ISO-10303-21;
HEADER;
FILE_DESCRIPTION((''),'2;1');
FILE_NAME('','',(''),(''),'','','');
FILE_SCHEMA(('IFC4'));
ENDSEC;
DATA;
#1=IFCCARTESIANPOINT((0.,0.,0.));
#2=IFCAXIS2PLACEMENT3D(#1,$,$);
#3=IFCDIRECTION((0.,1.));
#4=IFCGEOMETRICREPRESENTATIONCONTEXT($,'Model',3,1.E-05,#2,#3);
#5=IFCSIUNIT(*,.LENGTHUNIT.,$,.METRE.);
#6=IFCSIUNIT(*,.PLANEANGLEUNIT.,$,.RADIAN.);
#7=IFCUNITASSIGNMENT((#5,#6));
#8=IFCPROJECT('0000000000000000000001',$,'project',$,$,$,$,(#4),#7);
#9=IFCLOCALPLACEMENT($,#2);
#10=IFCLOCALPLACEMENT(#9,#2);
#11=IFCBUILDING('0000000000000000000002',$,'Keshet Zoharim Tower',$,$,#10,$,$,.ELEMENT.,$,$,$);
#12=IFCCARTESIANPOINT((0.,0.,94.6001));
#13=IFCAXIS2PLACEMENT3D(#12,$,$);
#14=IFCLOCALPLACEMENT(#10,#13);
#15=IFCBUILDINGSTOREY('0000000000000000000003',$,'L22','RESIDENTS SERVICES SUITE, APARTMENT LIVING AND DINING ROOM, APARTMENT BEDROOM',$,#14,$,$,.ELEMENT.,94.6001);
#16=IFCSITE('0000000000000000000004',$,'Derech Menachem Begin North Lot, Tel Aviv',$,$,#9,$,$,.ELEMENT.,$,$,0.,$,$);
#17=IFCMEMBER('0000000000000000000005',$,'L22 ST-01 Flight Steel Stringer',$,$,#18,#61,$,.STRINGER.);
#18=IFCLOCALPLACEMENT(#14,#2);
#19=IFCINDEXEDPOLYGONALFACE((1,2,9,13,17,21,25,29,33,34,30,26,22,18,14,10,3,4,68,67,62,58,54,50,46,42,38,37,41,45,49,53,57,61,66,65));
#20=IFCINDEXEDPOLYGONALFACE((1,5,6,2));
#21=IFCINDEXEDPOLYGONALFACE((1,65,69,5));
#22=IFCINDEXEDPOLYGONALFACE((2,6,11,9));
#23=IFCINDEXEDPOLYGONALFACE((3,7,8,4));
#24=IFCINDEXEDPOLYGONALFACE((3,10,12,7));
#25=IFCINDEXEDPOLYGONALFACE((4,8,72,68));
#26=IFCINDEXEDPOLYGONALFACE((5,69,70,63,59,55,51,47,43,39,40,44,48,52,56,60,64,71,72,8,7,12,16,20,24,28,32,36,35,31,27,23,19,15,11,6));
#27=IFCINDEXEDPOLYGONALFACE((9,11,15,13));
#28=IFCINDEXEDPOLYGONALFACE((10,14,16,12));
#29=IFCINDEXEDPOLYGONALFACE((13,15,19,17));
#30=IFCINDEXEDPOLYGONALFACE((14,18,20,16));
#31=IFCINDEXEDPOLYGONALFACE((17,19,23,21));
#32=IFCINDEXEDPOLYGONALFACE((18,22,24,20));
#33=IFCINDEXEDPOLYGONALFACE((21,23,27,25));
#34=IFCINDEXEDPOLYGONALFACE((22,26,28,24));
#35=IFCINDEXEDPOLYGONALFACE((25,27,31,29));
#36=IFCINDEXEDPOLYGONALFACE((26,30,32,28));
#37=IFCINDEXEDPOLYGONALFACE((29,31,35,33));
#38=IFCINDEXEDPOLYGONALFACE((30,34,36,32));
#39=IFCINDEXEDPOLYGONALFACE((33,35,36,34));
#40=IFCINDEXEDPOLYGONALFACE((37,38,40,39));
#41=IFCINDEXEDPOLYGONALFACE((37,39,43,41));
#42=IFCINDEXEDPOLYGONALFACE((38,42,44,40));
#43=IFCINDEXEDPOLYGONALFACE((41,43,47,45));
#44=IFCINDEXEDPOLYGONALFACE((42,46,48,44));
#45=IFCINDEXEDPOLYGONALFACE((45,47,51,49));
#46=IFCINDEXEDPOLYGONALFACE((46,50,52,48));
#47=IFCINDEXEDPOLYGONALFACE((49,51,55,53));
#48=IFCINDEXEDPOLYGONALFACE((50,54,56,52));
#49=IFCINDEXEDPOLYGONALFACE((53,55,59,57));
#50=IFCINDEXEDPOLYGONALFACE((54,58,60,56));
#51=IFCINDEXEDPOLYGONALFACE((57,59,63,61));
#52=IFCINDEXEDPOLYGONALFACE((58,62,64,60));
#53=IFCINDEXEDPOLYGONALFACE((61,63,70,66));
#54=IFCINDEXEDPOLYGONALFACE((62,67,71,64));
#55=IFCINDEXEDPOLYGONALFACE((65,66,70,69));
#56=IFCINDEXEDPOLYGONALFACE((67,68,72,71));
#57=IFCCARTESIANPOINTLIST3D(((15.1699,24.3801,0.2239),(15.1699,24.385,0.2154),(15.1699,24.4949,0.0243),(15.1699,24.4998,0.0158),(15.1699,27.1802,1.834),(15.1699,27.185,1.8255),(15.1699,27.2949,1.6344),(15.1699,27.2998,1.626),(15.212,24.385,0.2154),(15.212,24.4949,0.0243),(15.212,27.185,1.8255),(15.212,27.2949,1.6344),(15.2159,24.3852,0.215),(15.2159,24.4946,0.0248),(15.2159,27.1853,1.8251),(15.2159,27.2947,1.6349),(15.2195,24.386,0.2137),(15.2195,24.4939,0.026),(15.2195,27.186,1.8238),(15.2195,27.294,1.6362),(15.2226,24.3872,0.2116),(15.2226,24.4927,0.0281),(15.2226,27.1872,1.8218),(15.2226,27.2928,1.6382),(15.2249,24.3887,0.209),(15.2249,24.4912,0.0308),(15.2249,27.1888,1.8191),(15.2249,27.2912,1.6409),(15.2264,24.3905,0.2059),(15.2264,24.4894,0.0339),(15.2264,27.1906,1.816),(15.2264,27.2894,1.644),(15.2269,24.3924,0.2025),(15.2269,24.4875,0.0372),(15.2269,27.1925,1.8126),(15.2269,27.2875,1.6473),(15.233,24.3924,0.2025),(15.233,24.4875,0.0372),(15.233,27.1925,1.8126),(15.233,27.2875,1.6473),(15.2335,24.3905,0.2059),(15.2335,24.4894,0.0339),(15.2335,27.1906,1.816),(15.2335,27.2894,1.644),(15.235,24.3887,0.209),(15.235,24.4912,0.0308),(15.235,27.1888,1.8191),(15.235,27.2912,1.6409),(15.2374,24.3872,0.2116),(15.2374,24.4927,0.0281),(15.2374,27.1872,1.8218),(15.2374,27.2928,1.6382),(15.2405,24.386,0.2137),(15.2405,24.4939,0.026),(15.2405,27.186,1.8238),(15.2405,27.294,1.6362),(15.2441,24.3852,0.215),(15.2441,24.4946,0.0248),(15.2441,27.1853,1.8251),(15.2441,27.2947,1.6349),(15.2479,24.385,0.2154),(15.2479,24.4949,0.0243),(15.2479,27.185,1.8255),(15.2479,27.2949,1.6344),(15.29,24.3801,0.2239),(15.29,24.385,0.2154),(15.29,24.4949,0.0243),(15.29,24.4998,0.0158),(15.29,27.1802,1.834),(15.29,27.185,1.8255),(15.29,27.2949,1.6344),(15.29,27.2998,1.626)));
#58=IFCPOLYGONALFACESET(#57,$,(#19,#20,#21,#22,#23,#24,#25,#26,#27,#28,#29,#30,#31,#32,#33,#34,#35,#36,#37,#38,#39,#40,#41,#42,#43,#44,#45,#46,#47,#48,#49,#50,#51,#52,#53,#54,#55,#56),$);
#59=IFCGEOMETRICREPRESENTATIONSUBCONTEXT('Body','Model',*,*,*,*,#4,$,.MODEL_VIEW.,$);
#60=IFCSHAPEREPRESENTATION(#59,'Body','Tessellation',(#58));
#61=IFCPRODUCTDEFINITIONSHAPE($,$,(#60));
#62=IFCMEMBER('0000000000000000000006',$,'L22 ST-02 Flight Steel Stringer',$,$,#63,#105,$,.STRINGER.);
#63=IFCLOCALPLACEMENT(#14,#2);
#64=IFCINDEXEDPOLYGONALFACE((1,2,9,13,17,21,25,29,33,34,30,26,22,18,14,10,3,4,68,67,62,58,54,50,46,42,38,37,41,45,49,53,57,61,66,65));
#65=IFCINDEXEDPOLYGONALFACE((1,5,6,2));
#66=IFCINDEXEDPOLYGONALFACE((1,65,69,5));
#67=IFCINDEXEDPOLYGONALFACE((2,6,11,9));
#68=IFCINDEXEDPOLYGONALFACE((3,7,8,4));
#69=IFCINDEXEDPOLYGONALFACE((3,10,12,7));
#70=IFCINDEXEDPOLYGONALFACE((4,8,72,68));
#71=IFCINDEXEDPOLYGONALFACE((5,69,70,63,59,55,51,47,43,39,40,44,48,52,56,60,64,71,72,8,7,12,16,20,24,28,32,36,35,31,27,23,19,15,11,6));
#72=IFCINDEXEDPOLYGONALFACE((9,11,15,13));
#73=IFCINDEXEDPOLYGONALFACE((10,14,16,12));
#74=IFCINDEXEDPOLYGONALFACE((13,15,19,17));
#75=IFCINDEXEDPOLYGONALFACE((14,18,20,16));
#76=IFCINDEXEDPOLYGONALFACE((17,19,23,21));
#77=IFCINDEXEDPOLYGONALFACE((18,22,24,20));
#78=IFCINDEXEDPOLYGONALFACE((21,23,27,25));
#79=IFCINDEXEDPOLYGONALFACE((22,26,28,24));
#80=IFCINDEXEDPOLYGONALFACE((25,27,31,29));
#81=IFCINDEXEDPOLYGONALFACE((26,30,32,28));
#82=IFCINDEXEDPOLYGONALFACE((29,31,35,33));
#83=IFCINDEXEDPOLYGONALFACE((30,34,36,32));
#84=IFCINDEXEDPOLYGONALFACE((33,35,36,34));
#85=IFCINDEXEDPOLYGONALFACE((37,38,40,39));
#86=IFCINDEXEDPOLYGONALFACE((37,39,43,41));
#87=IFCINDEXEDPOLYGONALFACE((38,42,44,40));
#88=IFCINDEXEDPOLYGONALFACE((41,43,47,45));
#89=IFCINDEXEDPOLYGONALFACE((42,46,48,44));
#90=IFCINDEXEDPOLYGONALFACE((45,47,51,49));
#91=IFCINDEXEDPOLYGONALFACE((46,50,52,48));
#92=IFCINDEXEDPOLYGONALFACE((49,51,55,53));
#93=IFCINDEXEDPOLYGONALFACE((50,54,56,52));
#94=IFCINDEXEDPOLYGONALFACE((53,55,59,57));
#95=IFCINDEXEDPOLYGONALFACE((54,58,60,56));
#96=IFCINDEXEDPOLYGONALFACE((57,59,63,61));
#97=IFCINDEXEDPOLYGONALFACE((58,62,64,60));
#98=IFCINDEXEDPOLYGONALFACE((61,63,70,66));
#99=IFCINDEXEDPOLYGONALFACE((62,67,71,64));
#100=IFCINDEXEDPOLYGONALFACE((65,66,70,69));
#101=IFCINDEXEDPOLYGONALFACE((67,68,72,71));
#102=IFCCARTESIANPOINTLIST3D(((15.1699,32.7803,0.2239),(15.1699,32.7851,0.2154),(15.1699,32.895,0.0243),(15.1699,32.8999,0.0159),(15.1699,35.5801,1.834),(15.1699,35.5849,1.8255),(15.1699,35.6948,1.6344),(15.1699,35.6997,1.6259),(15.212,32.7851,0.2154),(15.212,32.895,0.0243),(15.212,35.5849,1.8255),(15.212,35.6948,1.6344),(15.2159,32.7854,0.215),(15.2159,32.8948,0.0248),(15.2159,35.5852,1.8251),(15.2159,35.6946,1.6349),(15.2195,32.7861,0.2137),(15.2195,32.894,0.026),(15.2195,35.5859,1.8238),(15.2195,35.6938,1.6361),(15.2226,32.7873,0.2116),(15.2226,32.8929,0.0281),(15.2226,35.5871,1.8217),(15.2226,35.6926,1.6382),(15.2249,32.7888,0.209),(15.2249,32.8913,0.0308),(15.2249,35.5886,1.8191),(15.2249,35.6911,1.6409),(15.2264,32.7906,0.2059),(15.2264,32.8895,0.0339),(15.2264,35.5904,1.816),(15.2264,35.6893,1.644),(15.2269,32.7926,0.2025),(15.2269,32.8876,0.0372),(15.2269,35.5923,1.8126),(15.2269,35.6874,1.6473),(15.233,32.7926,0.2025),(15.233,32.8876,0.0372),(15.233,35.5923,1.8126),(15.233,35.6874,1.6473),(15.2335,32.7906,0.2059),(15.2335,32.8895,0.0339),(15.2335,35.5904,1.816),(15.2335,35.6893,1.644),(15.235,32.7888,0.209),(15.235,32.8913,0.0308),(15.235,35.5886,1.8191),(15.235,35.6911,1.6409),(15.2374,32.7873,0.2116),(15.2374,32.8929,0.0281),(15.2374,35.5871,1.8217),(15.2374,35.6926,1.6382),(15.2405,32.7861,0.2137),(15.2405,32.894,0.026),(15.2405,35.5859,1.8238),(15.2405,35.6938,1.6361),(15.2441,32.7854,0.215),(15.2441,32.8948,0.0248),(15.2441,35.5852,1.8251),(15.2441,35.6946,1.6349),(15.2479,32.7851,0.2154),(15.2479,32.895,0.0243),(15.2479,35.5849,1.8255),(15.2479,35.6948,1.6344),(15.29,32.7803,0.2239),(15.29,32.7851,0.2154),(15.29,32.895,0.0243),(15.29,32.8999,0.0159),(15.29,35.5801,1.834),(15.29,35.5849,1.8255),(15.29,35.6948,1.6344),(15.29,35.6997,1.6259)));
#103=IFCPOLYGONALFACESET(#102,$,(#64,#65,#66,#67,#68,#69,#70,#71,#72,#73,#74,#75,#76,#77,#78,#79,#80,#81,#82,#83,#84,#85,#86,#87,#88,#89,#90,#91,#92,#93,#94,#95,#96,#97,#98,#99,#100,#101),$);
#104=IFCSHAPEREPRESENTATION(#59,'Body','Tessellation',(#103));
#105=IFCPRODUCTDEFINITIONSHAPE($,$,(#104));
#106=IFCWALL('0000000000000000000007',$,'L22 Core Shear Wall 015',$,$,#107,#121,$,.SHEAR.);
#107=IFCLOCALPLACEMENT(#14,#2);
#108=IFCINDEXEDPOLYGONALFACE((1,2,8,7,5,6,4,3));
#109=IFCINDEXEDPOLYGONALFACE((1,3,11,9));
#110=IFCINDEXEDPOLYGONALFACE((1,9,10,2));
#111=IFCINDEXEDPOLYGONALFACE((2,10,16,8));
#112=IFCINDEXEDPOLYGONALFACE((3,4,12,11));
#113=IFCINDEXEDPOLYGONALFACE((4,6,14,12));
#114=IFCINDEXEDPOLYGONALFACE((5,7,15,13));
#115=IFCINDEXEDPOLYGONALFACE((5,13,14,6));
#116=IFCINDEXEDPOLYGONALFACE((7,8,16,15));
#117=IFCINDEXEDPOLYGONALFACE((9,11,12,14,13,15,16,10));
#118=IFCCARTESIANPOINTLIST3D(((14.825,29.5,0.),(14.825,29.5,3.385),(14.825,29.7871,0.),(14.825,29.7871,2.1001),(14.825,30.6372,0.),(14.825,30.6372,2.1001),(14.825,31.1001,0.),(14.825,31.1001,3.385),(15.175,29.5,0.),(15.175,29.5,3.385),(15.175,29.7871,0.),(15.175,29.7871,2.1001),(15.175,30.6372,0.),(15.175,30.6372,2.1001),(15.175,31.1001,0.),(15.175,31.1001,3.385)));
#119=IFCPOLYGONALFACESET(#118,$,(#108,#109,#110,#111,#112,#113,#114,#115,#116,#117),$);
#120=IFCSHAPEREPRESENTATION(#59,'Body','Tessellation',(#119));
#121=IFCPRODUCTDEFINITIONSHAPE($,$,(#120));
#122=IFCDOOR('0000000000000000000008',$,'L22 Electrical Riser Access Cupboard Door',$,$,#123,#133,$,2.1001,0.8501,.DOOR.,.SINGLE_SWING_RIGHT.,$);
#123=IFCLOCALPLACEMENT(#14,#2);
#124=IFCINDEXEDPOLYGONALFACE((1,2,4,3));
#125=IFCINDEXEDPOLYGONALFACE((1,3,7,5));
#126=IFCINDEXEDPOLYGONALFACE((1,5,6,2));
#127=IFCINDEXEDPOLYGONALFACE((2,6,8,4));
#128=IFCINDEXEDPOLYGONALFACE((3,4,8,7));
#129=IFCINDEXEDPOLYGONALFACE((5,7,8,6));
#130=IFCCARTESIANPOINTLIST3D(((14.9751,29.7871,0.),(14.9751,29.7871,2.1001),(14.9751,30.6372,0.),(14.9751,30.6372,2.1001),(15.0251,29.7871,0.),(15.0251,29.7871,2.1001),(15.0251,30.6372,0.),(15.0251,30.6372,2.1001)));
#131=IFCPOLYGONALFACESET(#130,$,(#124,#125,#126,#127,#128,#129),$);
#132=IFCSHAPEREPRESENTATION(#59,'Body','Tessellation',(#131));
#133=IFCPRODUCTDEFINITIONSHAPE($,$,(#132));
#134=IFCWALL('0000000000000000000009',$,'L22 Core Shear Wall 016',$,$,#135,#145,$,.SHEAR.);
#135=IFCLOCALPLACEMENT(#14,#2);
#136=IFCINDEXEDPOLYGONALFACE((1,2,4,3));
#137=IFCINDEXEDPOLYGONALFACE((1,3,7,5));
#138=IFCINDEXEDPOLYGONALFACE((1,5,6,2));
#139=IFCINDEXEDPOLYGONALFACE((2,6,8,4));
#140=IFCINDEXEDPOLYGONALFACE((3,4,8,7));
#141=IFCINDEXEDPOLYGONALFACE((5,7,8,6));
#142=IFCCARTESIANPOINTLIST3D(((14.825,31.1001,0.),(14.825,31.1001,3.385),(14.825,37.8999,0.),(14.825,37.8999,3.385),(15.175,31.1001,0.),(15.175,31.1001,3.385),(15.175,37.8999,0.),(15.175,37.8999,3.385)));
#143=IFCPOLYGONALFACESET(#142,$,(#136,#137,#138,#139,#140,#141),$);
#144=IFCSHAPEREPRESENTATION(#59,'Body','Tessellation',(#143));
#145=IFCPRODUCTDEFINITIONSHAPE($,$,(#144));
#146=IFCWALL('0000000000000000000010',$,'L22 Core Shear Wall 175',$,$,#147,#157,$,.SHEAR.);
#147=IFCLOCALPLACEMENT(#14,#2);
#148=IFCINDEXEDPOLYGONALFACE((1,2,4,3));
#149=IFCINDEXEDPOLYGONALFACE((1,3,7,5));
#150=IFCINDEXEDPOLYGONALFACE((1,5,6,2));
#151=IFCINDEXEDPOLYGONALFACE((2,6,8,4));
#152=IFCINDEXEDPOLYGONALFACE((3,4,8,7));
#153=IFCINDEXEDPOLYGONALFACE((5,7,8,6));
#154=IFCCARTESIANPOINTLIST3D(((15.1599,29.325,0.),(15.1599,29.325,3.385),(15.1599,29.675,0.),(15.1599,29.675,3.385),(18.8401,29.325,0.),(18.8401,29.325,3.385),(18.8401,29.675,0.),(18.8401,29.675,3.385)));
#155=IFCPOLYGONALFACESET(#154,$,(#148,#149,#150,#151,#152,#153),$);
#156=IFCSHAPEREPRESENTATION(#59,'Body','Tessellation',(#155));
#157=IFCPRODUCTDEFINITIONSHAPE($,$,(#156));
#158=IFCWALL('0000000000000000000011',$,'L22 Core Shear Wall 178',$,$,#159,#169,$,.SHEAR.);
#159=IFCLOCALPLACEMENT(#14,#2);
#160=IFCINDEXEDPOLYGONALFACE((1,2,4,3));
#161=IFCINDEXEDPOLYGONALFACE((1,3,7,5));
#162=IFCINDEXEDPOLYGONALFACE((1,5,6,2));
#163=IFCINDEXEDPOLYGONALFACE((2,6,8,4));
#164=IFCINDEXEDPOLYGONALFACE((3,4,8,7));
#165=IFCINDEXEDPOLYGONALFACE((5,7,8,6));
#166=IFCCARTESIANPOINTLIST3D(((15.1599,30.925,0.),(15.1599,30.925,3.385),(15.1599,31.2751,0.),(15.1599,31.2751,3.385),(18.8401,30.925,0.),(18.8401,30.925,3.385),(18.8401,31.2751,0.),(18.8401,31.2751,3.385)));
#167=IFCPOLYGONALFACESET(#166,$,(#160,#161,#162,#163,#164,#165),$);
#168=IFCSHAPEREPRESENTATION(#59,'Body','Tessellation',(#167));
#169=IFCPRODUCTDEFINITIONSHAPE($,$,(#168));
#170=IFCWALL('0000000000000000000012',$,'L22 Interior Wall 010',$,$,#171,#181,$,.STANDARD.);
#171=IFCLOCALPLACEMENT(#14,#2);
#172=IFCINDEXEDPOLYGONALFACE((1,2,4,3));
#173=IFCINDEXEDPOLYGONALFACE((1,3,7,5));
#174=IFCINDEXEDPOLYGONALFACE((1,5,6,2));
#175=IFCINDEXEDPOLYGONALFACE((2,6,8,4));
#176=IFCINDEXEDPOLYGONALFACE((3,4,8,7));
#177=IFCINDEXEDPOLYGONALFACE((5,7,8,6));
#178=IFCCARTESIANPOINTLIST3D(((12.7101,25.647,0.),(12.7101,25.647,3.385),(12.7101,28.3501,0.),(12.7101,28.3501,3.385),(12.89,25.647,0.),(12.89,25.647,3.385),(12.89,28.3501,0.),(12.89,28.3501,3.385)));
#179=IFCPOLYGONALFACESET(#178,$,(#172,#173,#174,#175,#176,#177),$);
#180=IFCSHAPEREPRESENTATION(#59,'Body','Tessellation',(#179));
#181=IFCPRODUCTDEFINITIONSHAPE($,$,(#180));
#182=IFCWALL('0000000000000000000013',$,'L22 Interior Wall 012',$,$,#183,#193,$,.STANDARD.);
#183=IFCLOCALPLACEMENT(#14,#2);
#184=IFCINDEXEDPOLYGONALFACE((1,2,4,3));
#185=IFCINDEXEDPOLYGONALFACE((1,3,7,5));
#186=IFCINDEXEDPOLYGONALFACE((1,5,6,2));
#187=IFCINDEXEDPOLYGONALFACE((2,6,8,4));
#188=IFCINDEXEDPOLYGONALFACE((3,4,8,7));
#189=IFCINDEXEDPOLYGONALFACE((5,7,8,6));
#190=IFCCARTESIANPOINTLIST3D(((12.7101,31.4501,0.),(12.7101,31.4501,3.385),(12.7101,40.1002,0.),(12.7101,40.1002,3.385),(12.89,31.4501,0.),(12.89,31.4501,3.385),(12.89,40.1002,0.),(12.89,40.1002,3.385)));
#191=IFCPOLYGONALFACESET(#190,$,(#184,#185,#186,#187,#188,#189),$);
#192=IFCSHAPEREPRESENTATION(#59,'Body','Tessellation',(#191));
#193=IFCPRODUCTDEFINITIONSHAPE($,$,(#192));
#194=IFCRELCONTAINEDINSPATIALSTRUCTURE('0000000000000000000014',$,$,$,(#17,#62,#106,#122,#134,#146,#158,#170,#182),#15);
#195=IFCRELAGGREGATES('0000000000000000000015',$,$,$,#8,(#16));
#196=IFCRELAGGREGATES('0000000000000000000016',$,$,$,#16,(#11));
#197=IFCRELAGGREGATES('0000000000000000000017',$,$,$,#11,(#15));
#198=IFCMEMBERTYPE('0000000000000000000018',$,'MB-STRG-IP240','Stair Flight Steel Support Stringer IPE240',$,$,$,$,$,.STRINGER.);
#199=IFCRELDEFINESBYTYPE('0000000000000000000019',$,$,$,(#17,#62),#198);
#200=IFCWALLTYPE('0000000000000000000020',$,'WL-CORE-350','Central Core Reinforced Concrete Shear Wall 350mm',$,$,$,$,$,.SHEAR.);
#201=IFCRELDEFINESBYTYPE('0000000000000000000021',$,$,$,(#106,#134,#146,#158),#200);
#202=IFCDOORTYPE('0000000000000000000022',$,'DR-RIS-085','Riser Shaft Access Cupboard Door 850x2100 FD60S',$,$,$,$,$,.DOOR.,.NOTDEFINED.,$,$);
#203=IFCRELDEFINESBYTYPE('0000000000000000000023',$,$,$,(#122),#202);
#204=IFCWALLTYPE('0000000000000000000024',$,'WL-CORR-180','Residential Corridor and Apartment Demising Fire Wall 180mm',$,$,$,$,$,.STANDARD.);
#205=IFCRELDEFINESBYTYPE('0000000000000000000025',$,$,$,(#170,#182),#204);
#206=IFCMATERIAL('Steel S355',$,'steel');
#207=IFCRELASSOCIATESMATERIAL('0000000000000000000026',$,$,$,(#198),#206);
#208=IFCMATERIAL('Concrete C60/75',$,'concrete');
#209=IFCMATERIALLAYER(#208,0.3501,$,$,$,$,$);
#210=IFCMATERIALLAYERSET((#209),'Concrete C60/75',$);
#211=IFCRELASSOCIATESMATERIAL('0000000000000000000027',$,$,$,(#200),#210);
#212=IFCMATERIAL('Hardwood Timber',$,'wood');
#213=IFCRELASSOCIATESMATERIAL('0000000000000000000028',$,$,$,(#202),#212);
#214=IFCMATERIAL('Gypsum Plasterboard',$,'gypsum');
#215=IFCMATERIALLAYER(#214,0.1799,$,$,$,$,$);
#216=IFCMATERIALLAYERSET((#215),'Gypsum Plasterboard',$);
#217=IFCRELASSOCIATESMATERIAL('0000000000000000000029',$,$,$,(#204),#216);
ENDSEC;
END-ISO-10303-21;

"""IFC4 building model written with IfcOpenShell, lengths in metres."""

from ifc_helpers import new_model, si_unit, direction, frame, frame_2d, origin, origin_2d, place, context, subcontext, project, spatial, rectangle, i_section, extrude, material, layer, layer_set, material_profile, profile_set, type_object, element, fill, save


model = new_model("IFC4")

# Units and contexts
model_context = context("Model", 3, precision=1e-05, world=origin(), true_north=direction((0.0, 1.0)))
body_context = subcontext(model_context, "Body", "Model", "MODEL_VIEW")
ifc_project = project(units=[si_unit("LENGTHUNIT", "METRE"), si_unit("PLANEANGLEUNIT", "RADIAN")], contexts=[model_context])

# Site, building, storey
site_placement = place(None, origin())
site = spatial("IfcSite", under=ifc_project, at=site_placement, Name="Derech Menachem Begin North Lot, Tel Aviv", CompositionType="ELEMENT", RefElevation=0.0)
building_placement = place(site_placement, origin())
building = spatial("IfcBuilding", under=site, at=building_placement, Name="Keshet Zoharim Tower", CompositionType="ELEMENT")
storey_placement = place(building_placement, frame((0.0, 0.0, 94.6001)))
storey = spatial("IfcBuildingStorey", under=building, at=storey_placement, Name="L22", Description="RESIDENTS SERVICES SUITE, APARTMENT LIVING AND DINING ROOM, APARTMENT BEDROOM", CompositionType="ELEMENT", Elevation=94.6001)

# Members
ifc_material_1 = material(Name="Steel S355", Category="steel")
ifc_material_profile = material_profile(ifc_material_1, i_section(OverallWidth=0.1201, OverallDepth=0.24, WebThickness=0.0061, FlangeThickness=0.0098, FilletRadius=0.0149, at=origin_2d()), Name="IPE240")
ifc_profile_set = profile_set([ifc_material_profile], Name="Steel S355")
member_type = type_object("IfcMemberType", Name="MB-STRG-IP240", Description="Stair Flight Steel Support Stringer IPE240", PredefinedType="STRINGER", material=ifc_profile_set)
member_1_placement = place(storey_placement, frame((15.23, 24.4399, 0.1199), z_axis=(0.0, 0.866896, 0.49849), x_axis=(-1.0, 0.0, 0.0)))
element("IfcMember", 1, at=member_1_placement, inside=storey, type_object=member_type, Name="L22 ST-01 Flight Steel Stringer", PredefinedType="STRINGER", context=body_context, shape_type="SweptSolid", body=[
    extrude(i_section(OverallWidth=0.1201, OverallDepth=0.24, WebThickness=0.0061, FlangeThickness=0.0098, FilletRadius=0.0149, at=origin_2d()), origin(), (0.0, 0.0, 1.0), 3.23),
])
member_2_placement = place(storey_placement, frame((15.23, 32.8401, 0.1199), z_axis=(0.0, 0.866877, 0.498522), x_axis=(-1.0, 0.0, 0.0)))
element("IfcMember", 2, at=member_2_placement, inside=storey, type_object=member_type, Name="L22 ST-02 Flight Steel Stringer", PredefinedType="STRINGER", context=body_context, shape_type="SweptSolid", body=[
    extrude(i_section(OverallWidth=0.1201, OverallDepth=0.24, WebThickness=0.0061, FlangeThickness=0.0098, FilletRadius=0.0149, at=origin_2d()), origin(), (0.0, 0.0, 1.0), 3.2297),
])

# Wall, opening, door
ifc_material_2 = material(Name="Concrete C60/75", Category="concrete")
ifc_layer_1 = layer(ifc_material_2, 0.3501)
ifc_layer_set_1 = layer_set([ifc_layer_1], Name="Concrete C60/75")
wall_type_1 = type_object("IfcWallType", Name="WL-CORE-350", Description="Central Core Reinforced Concrete Shear Wall 350mm", PredefinedType="SHEAR", material=ifc_layer_set_1)
wall_1_placement = place(storey_placement, frame((15.0, 29.5, 0.0), z_axis=(0.0, 0.0, 1.0), x_axis=(0.0, 1.0, 0.0)))
wall_1 = element("IfcWall", 3, at=wall_1_placement, inside=storey, type_object=wall_type_1, Name="L22 Core Shear Wall 015", PredefinedType="SHEAR", context=body_context, shape_type="SweptSolid", body=[
    extrude(rectangle(XDim=1.6001, YDim=0.3501, at=frame_2d((0.8, 0.0))), origin(), (0.0, 0.0, 1.0), 3.385),
])
opening_1_placement = place(wall_1_placement, frame((0.2871, 0.0, 0.0)))
opening_1 = element("IfcOpeningElement", 4, at=opening_1_placement, cuts=wall_1, PredefinedType="OPENING", context=body_context, shape_type="SweptSolid", body=[
    extrude(rectangle(XDim=0.8501, YDim=2.1001, at=frame_2d((0.425, 1.05))), frame((0.0, 0.1851, 0.0), z_axis=(0.0, -1.0, 0.0), x_axis=(1.0, 0.0, 0.0)), (0.0, 0.0, 1.0), 0.3701),
])
ifc_material_3 = material(Name="Hardwood Timber", Category="wood")
door_type_1 = type_object("IfcDoorType", Name="DR-RIS-085", Description="Riser Shaft Access Cupboard Door 850x2100 FD60S", OperationType="NOTDEFINED", PredefinedType="DOOR", material=ifc_material_3)
door_1_placement = place(opening_1_placement, origin())
door_1 = element("IfcDoor", 5, at=door_1_placement, inside=storey, type_object=door_type_1, Name="L22 Electrical Riser Access Cupboard Door", OperationType="SINGLE_SWING_RIGHT", OverallHeight=2.1001, OverallWidth=0.8501, PredefinedType="DOOR", context=body_context, shape_type="SweptSolid", body=[
    extrude(rectangle(XDim=0.8501, YDim=2.1001, at=frame_2d((0.425, 1.05))), frame((0.0, 0.0249, 0.0), z_axis=(0.0, -1.0, 0.0), x_axis=(1.0, 0.0, 0.0)), (0.0, 0.0, 1.0), 0.05),
])
fill(opening_1, door_1)

# Walls
wall_2_placement = place(storey_placement, frame((15.0, 31.1001, 0.0), z_axis=(0.0, 0.0, 1.0), x_axis=(0.0, 1.0, 0.0)))
element("IfcWall", 6, at=wall_2_placement, inside=storey, type_object=wall_type_1, Name="L22 Core Shear Wall 016", PredefinedType="SHEAR", context=body_context, shape_type="SweptSolid", body=[
    extrude(rectangle(XDim=6.7998, YDim=0.3501, at=frame_2d((3.3999, 0.0))), origin(), (0.0, 0.0, 1.0), 3.385),
])
for number, where, z_axis, x_axis, name in (
    (7, (15.1599, 29.5, 0.0), (0.0, 0.0, 1.0), (1.0, 0.0, 0.0), "L22 Core Shear Wall 175"),
    (8, (15.1599, 31.1001, 0.0), (0.0, 0.0, 1.0), (1.0, 0.0, 0.0), "L22 Core Shear Wall 178"),
):
    element("IfcWall", number, at=place(storey_placement, frame(where, z_axis=z_axis, x_axis=x_axis)), inside=storey, type_object=wall_type_1, Name=name, PredefinedType="SHEAR", context=body_context, shape_type="SweptSolid", body=[
        extrude(rectangle(XDim=3.6802, YDim=0.3501, at=frame_2d((1.8401, 0.0))), origin(), (0.0, 0.0, 1.0), 3.385),
    ])
ifc_material_4 = material(Name="Gypsum Plasterboard", Category="gypsum")
ifc_layer_2 = layer(ifc_material_4, 0.1799)
ifc_layer_set_2 = layer_set([ifc_layer_2], Name="Gypsum Plasterboard")
wall_type_2 = type_object("IfcWallType", Name="WL-CORR-180", Description="Residential Corridor and Apartment Demising Fire Wall 180mm", PredefinedType="STANDARD", material=ifc_layer_set_2)
wall_3_placement = place(storey_placement, frame((12.8, 25.647, 0.0), z_axis=(0.0, 0.0, 1.0), x_axis=(0.0, 1.0, 0.0)))
element("IfcWall", 9, at=wall_3_placement, inside=storey, type_object=wall_type_2, Name="L22 Interior Wall 010", PredefinedType="STANDARD", context=body_context, shape_type="SweptSolid", body=[
    extrude(rectangle(XDim=2.7031, YDim=0.1799, at=frame_2d((1.3516, 0.0))), origin(), (0.0, 0.0, 1.0), 3.385),
])

# Wall
wall_4_placement = place(storey_placement, frame((12.8, 31.45, 0.0), z_axis=(0.0, 0.0, 1.0), x_axis=(0.0, 1.0, 0.0)))
element("IfcWall", 10, at=wall_4_placement, inside=storey, type_object=wall_type_2, Name="L22 Interior Wall 012", PredefinedType="STANDARD", context=body_context, shape_type="SweptSolid", body=[
    extrude(rectangle(XDim=8.6501, YDim=0.1799, at=frame_2d((4.3252, 0.0))), origin(), (0.0, 0.0, 1.0), 3.385),
])

save(model, "model.ifc")
